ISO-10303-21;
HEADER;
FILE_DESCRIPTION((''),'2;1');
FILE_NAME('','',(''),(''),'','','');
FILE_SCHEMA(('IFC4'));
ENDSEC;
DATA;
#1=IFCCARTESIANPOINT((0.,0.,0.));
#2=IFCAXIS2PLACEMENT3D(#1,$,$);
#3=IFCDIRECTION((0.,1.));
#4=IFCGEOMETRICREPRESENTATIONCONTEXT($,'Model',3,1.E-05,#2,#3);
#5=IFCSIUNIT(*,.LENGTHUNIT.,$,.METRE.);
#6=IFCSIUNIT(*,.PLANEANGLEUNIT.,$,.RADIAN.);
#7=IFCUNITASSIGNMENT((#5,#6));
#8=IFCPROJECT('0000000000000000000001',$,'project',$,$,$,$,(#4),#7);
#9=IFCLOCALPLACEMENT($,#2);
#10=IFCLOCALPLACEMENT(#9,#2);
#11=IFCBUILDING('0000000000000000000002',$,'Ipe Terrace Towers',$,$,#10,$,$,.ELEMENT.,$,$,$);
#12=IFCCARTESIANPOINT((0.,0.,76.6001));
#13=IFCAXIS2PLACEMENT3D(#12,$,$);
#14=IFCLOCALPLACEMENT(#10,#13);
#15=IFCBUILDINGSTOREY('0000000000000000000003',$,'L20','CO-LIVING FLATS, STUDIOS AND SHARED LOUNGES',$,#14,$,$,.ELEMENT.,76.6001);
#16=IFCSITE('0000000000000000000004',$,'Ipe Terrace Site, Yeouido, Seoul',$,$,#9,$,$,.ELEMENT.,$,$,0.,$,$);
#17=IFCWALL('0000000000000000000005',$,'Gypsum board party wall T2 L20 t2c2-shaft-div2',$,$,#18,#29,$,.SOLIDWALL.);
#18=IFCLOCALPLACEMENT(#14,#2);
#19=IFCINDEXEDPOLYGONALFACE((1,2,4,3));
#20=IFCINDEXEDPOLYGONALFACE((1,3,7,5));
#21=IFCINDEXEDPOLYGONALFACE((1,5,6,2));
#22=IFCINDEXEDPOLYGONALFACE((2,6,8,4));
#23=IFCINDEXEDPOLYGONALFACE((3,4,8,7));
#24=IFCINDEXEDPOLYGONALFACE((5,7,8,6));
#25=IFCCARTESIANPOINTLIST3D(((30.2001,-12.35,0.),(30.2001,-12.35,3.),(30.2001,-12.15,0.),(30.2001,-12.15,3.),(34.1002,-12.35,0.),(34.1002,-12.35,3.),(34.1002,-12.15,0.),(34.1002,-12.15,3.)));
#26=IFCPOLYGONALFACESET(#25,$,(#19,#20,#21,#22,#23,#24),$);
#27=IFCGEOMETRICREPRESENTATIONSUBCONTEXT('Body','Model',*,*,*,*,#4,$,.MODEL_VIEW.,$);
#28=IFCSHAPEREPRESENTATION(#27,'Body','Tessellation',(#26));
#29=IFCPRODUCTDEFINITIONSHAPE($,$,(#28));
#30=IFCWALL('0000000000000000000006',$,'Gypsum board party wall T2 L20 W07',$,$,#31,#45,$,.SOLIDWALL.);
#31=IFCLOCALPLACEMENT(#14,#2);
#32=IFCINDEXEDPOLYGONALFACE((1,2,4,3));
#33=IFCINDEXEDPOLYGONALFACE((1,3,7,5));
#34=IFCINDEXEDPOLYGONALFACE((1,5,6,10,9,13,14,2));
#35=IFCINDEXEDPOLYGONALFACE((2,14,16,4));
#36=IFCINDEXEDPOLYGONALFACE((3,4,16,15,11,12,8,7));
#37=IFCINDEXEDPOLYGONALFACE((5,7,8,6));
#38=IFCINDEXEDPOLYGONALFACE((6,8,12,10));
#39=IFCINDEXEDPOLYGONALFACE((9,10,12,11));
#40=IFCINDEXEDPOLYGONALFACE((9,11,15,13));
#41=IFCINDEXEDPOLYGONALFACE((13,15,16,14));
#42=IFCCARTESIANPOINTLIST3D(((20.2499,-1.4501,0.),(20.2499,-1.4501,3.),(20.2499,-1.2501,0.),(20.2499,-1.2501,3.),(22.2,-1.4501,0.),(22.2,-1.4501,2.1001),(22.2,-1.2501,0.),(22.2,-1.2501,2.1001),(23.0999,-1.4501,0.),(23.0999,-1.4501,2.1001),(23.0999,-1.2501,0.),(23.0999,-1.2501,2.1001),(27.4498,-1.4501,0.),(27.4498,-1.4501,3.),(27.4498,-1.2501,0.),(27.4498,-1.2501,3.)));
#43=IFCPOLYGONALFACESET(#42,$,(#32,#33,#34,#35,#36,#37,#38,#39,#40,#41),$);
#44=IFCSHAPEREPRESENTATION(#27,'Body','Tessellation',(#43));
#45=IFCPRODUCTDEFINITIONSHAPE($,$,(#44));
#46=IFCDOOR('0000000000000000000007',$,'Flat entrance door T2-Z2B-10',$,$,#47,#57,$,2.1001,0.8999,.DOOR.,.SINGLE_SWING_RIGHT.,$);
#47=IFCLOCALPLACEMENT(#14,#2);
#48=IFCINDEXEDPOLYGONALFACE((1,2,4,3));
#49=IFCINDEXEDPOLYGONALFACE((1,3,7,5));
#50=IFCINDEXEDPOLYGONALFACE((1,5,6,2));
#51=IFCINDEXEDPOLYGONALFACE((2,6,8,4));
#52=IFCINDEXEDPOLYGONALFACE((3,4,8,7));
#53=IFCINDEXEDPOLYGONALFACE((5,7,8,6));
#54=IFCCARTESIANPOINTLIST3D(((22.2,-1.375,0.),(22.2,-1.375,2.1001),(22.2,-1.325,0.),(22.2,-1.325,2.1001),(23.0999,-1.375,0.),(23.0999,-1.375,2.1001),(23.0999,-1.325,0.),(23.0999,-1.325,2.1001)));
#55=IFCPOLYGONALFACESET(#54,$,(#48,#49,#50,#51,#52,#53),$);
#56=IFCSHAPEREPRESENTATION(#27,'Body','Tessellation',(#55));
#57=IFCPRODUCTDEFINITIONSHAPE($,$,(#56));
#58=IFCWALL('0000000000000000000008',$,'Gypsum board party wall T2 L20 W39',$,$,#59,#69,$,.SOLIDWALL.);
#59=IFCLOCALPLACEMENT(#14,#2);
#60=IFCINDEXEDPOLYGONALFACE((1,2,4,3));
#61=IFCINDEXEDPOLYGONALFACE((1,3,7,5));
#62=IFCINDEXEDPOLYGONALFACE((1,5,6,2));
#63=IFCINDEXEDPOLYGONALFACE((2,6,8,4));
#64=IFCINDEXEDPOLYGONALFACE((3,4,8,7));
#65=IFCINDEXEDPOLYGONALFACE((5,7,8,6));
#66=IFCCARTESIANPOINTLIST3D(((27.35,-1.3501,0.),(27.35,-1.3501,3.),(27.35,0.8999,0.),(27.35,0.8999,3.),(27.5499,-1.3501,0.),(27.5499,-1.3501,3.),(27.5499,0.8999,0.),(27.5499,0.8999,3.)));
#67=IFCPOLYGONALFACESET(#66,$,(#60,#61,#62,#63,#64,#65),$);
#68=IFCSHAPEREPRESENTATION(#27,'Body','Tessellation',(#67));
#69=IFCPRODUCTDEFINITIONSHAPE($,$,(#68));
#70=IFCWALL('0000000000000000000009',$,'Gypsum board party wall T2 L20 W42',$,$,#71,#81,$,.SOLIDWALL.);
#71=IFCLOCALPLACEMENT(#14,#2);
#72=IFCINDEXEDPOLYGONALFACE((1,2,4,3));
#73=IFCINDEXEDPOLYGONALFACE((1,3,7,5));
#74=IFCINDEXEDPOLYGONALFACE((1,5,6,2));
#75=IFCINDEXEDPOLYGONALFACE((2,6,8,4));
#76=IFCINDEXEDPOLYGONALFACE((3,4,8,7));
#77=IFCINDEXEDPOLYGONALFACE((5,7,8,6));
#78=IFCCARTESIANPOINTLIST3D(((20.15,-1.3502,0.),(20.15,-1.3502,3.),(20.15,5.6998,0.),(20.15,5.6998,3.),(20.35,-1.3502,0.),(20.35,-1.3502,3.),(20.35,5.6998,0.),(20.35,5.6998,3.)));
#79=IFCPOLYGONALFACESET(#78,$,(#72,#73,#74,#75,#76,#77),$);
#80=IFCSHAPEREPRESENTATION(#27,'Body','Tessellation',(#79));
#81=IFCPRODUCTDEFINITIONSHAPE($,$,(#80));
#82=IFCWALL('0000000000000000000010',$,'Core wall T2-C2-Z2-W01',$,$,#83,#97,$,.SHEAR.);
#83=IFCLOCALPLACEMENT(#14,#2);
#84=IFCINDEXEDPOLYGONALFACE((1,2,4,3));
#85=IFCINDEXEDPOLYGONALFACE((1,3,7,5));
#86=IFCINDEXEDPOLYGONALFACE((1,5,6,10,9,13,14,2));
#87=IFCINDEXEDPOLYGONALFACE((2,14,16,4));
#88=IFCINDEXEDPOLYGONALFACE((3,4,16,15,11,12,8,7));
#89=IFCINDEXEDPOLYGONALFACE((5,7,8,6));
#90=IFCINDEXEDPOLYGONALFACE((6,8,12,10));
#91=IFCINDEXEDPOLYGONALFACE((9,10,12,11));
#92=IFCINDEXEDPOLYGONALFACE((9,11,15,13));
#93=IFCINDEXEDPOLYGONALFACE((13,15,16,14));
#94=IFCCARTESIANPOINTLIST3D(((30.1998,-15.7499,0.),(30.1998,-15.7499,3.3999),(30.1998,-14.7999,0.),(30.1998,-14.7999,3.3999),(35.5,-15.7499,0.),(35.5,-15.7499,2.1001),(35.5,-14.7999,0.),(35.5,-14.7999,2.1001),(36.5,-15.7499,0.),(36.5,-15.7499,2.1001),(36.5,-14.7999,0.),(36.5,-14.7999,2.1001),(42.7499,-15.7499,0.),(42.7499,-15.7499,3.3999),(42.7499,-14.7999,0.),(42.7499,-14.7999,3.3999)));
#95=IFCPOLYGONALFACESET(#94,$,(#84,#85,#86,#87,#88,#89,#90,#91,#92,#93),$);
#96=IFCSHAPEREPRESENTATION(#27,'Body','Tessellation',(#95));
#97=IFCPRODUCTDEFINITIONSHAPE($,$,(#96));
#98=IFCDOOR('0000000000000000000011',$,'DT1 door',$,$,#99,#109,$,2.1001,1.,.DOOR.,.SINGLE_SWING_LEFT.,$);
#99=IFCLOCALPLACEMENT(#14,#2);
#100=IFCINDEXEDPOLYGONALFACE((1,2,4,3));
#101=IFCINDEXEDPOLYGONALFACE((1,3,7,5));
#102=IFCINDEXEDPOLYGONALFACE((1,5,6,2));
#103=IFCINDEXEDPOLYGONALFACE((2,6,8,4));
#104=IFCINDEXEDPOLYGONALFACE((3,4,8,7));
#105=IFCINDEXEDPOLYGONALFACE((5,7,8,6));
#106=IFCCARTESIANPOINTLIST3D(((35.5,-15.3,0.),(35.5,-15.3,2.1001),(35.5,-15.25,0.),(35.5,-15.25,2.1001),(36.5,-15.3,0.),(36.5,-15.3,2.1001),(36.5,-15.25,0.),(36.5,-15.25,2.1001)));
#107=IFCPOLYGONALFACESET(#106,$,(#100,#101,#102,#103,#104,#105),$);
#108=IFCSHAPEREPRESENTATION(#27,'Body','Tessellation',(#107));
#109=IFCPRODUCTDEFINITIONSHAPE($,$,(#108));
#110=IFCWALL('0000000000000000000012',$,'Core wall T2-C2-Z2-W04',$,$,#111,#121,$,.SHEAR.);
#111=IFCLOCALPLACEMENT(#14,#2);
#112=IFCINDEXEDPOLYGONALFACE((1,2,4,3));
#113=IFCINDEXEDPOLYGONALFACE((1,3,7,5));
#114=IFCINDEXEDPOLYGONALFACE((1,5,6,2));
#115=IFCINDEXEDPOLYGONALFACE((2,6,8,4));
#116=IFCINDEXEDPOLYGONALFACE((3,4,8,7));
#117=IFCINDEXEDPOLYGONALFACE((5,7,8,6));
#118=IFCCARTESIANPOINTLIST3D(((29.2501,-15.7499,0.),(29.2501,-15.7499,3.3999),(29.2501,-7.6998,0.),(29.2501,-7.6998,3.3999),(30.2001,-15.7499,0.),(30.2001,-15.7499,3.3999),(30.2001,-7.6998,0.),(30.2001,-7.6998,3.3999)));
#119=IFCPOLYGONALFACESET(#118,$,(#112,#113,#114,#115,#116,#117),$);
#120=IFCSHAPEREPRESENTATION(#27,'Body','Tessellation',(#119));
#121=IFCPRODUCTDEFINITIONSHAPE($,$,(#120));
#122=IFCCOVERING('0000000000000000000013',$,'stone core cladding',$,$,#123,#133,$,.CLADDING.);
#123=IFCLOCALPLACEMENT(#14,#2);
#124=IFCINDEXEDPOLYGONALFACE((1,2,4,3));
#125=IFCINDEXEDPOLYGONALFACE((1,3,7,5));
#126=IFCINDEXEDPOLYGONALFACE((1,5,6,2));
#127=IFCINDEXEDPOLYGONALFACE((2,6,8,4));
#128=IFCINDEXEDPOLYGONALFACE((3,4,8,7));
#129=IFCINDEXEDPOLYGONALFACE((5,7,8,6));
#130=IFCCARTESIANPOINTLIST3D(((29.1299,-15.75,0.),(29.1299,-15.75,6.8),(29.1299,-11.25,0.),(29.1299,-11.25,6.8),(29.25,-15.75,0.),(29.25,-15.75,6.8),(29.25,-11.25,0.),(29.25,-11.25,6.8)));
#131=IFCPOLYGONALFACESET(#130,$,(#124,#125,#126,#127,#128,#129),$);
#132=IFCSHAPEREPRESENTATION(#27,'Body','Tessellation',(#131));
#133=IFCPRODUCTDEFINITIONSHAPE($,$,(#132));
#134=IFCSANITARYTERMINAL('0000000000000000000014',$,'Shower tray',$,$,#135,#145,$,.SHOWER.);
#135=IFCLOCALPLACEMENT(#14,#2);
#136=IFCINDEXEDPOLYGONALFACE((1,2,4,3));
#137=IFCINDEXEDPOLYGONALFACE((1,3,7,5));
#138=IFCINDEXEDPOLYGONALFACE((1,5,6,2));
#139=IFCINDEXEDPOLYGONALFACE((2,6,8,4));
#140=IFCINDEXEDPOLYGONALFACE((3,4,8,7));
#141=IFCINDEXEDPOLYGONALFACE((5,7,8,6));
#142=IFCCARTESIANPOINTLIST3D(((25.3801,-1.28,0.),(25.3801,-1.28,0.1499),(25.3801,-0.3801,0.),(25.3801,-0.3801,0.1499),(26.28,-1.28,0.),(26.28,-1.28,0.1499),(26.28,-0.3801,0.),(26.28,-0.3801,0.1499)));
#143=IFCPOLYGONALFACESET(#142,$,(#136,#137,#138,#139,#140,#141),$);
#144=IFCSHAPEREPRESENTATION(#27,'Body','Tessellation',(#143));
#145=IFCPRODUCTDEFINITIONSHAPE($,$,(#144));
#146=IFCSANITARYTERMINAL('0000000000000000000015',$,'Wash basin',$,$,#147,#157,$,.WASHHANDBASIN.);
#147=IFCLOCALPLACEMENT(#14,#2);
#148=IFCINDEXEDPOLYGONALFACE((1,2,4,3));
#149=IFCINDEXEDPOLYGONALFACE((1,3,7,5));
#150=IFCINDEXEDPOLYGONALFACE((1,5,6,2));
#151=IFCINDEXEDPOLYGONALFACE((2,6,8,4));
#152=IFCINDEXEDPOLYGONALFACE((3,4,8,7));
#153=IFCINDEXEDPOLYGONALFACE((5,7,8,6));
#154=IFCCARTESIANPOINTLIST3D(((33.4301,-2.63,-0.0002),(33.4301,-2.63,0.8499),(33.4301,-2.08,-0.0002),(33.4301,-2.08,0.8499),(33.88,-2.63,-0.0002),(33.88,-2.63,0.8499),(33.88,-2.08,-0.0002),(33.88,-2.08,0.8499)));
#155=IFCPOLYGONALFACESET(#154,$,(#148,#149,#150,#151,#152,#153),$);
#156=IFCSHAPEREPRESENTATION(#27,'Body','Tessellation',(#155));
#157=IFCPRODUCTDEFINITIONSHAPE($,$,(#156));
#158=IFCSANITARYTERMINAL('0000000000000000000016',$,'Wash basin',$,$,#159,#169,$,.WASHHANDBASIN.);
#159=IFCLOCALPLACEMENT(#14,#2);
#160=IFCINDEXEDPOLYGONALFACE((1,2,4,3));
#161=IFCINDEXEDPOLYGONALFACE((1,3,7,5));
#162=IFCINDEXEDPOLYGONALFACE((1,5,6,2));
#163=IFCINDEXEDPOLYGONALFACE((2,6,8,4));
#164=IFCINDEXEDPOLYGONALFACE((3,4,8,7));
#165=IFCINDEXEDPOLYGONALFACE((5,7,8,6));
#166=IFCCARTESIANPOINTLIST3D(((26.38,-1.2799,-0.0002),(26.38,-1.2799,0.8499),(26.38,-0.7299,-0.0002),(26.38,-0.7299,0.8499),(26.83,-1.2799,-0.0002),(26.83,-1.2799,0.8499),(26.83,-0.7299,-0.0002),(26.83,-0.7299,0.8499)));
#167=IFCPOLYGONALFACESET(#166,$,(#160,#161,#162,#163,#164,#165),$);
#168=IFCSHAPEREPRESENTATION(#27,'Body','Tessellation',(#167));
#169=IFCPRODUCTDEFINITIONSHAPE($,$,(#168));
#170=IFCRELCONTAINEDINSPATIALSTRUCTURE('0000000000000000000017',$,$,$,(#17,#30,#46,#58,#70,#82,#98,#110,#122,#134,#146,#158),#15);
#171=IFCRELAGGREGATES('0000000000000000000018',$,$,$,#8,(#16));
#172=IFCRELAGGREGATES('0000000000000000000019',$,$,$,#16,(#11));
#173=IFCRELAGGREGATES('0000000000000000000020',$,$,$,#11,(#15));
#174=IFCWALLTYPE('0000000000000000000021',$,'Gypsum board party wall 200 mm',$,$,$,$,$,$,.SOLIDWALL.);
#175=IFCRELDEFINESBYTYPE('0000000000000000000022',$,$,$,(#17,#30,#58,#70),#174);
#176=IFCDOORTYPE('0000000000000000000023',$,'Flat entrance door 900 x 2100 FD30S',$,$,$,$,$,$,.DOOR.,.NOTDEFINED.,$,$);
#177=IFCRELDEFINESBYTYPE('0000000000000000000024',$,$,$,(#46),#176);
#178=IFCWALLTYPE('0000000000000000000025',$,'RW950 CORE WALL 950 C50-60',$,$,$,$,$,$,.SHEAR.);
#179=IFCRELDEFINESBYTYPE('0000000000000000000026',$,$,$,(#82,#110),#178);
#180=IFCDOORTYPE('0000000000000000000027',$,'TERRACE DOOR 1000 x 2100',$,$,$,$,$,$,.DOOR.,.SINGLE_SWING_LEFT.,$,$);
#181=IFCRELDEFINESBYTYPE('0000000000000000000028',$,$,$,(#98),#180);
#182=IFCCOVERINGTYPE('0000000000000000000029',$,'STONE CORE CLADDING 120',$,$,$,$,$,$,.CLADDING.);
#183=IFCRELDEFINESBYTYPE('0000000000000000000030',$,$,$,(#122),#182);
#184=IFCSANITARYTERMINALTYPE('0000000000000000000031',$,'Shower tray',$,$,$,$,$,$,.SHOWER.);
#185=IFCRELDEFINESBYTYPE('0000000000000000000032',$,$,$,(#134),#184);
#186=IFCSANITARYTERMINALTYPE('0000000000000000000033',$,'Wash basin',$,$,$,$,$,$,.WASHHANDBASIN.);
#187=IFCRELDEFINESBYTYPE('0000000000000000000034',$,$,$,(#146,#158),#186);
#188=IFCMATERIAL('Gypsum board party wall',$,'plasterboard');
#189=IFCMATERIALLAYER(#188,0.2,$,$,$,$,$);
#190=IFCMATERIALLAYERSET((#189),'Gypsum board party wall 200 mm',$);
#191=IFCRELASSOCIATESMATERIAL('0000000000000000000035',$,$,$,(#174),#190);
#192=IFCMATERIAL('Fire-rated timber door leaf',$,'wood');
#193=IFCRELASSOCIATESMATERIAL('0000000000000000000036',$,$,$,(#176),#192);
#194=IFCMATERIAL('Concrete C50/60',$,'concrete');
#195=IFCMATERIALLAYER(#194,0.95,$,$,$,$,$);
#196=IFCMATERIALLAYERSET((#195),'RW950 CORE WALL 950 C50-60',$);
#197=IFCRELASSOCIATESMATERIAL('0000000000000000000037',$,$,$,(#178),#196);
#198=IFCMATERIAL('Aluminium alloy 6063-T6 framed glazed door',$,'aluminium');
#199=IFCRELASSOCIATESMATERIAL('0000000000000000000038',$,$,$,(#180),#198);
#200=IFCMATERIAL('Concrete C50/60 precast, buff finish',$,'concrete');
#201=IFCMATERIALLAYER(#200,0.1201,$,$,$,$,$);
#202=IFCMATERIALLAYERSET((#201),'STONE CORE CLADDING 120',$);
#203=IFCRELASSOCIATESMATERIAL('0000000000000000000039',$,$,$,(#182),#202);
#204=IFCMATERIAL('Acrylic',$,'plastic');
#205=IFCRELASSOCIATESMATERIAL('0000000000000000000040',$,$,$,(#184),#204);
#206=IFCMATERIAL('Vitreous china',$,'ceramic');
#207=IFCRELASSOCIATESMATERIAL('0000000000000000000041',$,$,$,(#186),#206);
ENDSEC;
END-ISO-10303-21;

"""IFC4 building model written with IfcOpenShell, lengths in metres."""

from ifc_helpers import new_model, si_unit, direction, frame, frame_2d, origin, origin_2d, place, context, subcontext, project, spatial, rectangle, extrude, material, layer, layer_set, type_object, element, fill, save


model = new_model("IFC4")

# Units and contexts
model_context = context("Model", 3, precision=1e-05, world=origin(), true_north=direction((0.0, 1.0)))
body_context = subcontext(model_context, "Body", "Model", "MODEL_VIEW")
ifc_project = project(units=[si_unit("LENGTHUNIT", "METRE"), si_unit("PLANEANGLEUNIT", "RADIAN")], contexts=[model_context])

# Site, building, storey
site_placement = place(None, origin())
site = spatial("IfcSite", under=ifc_project, at=site_placement, Name="Ipe Terrace Site, Yeouido, Seoul", CompositionType="ELEMENT", RefElevation=0.0)
building_placement = place(site_placement, origin())
building = spatial("IfcBuilding", under=site, at=building_placement, Name="Ipe Terrace Towers", CompositionType="ELEMENT")
storey_placement = place(building_placement, frame((0.0, 0.0, 76.6001)))
storey = spatial("IfcBuildingStorey", under=building, at=storey_placement, Name="L20", Description="CO-LIVING FLATS, STUDIOS AND SHARED LOUNGES", CompositionType="ELEMENT", Elevation=76.6001)

# Wall
ifc_material_1 = material(Name="Gypsum board party wall", Category="plasterboard")
ifc_layer_1 = layer(ifc_material_1, 0.2)
ifc_layer_set_1 = layer_set([ifc_layer_1], Name="Gypsum board party wall 200 mm")
wall_type_1 = type_object("IfcWallType", Name="Gypsum board party wall 200 mm", PredefinedType="SOLIDWALL", material=ifc_layer_set_1)
for number, where, z_axis, x_axis, name in (
    (1, (30.2, -12.25, 0.0), (0.0, 0.0, 1.0), (1.0, 0.0, 0.0), "Gypsum board party wall T2 L20 t2c2-shaft-div2"),
):
    element("IfcWall", number, at=place(storey_placement, frame(where, z_axis=z_axis, x_axis=x_axis)), inside=storey, type_object=wall_type_1, Name=name, PredefinedType="SOLIDWALL", context=body_context, shape_type="SweptSolid", body=[
        extrude(rectangle(XDim=3.9001, YDim=0.2, at=frame_2d((1.9502, 0.0))), origin(), (0.0, 0.0, 1.0), 3.0),
    ])

# Wall, opening, door
wall_1_placement = place(storey_placement, frame((27.45, -1.3501, 0.0), z_axis=(0.0, 0.0, 1.0), x_axis=(-1.0, 0.0, 0.0)))
wall_1 = element("IfcWall", 2, at=wall_1_placement, inside=storey, type_object=wall_type_1, Name="Gypsum board party wall T2 L20 W07", PredefinedType="SOLIDWALL", context=body_context, shape_type="SweptSolid", body=[
    extrude(rectangle(XDim=7.2, YDim=0.2, at=frame_2d((3.6001, 0.0))), origin(), (0.0, 0.0, 1.0), 3.0),
])
opening_1_placement = place(wall_1_placement, frame((4.3501, 0.0, 0.0)))
opening_1 = element("IfcOpeningElement", 3, at=opening_1_placement, cuts=wall_1, PredefinedType="OPENING", context=body_context, shape_type="SweptSolid", body=[
    extrude(rectangle(XDim=0.8999, YDim=2.1001, at=frame_2d((0.45, 1.05))), frame((0.0, 0.1099, 0.0), z_axis=(0.0, -1.0, 0.0), x_axis=(1.0, 0.0, 0.0)), (0.0, 0.0, 1.0), 0.22),
])
ifc_material_2 = material(Name="Fire-rated timber door leaf", Category="wood")
door_type_1 = type_object("IfcDoorType", Name="Flat entrance door 900 x 2100 FD30S", OperationType="NOTDEFINED", PredefinedType="DOOR", material=ifc_material_2)
door_1_placement = place(opening_1_placement, origin())
door_1 = element("IfcDoor", 4, at=door_1_placement, inside=storey, type_object=door_type_1, Name="Flat entrance door T2-Z2B-10", OperationType="SINGLE_SWING_RIGHT", OverallHeight=2.1001, OverallWidth=0.8999, PredefinedType="DOOR", context=body_context, shape_type="SweptSolid", body=[
    extrude(rectangle(XDim=0.8999, YDim=2.1001, at=frame_2d((0.45, 1.05))), frame((0.0, 0.0249, 0.0), z_axis=(0.0, -1.0, 0.0), x_axis=(1.0, 0.0, 0.0)), (0.0, 0.0, 1.0), 0.05),
])
fill(opening_1, door_1)

# Walls
wall_2_placement = place(storey_placement, frame((27.45, -1.3501, 0.0), z_axis=(0.0, 0.0, 1.0), x_axis=(0.0, 1.0, 0.0)))
element("IfcWall", 5, at=wall_2_placement, inside=storey, type_object=wall_type_1, Name="Gypsum board party wall T2 L20 W39", PredefinedType="SOLIDWALL", context=body_context, shape_type="SweptSolid", body=[
    extrude(rectangle(XDim=2.25, YDim=0.2, at=frame_2d((1.125, 0.0))), origin(), (0.0, 0.0, 1.0), 3.0),
])
wall_3_placement = place(storey_placement, frame((20.25, -1.3501, 0.0), z_axis=(0.0, 0.0, 1.0), x_axis=(0.0, 1.0, 0.0)))
element("IfcWall", 6, at=wall_3_placement, inside=storey, type_object=wall_type_1, Name="Gypsum board party wall T2 L20 W42", PredefinedType="SOLIDWALL", context=body_context, shape_type="SweptSolid", body=[
    extrude(rectangle(XDim=7.05, YDim=0.2, at=frame_2d((3.5249, 0.0))), origin(), (0.0, 0.0, 1.0), 3.0),
])

# Wall, opening, door
ifc_material_3 = material(Name="Concrete C50/60", Category="concrete")
ifc_layer_2 = layer(ifc_material_3, 0.95)
ifc_layer_set_2 = layer_set([ifc_layer_2], Name="RW950 CORE WALL 950 C50-60")
wall_type_2 = type_object("IfcWallType", Name="RW950 CORE WALL 950 C50-60", PredefinedType="SHEAR", material=ifc_layer_set_2)
wall_4_placement = place(storey_placement, frame((30.2, -15.2749, 0.0), z_axis=(0.0, 0.0, 1.0), x_axis=(1.0, 0.0, 0.0)))
wall_4 = element("IfcWall", 7, at=wall_4_placement, inside=storey, type_object=wall_type_2, Name="Core wall T2-C2-Z2-W01", PredefinedType="SHEAR", context=body_context, shape_type="SweptSolid", body=[
    extrude(rectangle(XDim=12.55, YDim=0.95, at=frame_2d((6.2749, 0.0))), origin(), (0.0, 0.0, 1.0), 3.3999),
])
opening_2_placement = place(wall_4_placement, frame((5.3, 0.0, 0.0)))
opening_2 = element("IfcOpeningElement", 8, at=opening_2_placement, cuts=wall_4, PredefinedType="OPENING", context=body_context, shape_type="SweptSolid", body=[
    extrude(rectangle(XDim=1.0, YDim=2.1001, at=frame_2d((0.5, 1.05))), frame((0.0, 0.4849, 0.0), z_axis=(0.0, -1.0, 0.0), x_axis=(1.0, 0.0, 0.0)), (0.0, 0.0, 1.0), 0.97),
])
ifc_material_4 = material(Name="Aluminium alloy 6063-T6 framed glazed door", Category="aluminium")
door_type_2 = type_object("IfcDoorType", Name="TERRACE DOOR 1000 x 2100", OperationType="SINGLE_SWING_LEFT", PredefinedType="DOOR", material=ifc_material_4)
door_2_placement = place(opening_2_placement, origin())
door_2 = element("IfcDoor", 9, at=door_2_placement, inside=storey, type_object=door_type_2, Name="DT1 door", OperationType="SINGLE_SWING_LEFT", OverallHeight=2.1001, OverallWidth=1.0, PredefinedType="DOOR", context=body_context, shape_type="SweptSolid", body=[
    extrude(rectangle(XDim=1.0, YDim=2.1001, at=frame_2d((0.5, 1.05))), frame((0.0, 0.0249, 0.0), z_axis=(0.0, -1.0, 0.0), x_axis=(1.0, 0.0, 0.0)), (0.0, 0.0, 1.0), 0.05),
])
fill(opening_2, door_2)

# Wall
wall_5_placement = place(storey_placement, frame((29.7251, -7.7, 0.0), z_axis=(0.0, 0.0, 1.0), x_axis=(0.0, -1.0, 0.0)))
element("IfcWall", 10, at=wall_5_placement, inside=storey, type_object=wall_type_2, Name="Core wall T2-C2-Z2-W04", PredefinedType="SHEAR", context=body_context, shape_type="SweptSolid", body=[
    extrude(rectangle(XDim=8.05, YDim=0.95, at=frame_2d((4.0249, 0.0))), origin(), (0.0, 0.0, 1.0), 3.3999),
])

# Covering
ifc_material_5 = material(Name="Concrete C50/60 precast, buff finish", Category="concrete")
ifc_layer_3 = layer(ifc_material_5, 0.1201)
ifc_layer_set_3 = layer_set([ifc_layer_3], Name="STONE CORE CLADDING 120")
covering_type = type_object("IfcCoveringType", Name="STONE CORE CLADDING 120", PredefinedType="CLADDING", material=ifc_layer_set_3)
covering_placement = place(storey_placement, frame((29.1899, -13.5, 0.0), z_axis=(0.0, 0.0, 1.0), x_axis=(0.0, -1.0, 0.0)))
element("IfcCovering", 11, at=covering_placement, inside=storey, type_object=covering_type, Name="stone core cladding", PredefinedType="CLADDING", context=body_context, shape_type="SweptSolid", body=[
    extrude(rectangle(XDim=4.5, YDim=0.1201, at=origin_2d()), origin(), (0.0, 0.0, 1.0), 6.8),
])

# Sanitary terminals
ifc_material_6 = material(Name="Acrylic", Category="plastic")
sanitary_terminal_type_1 = type_object("IfcSanitaryTerminalType", Name="Shower tray", PredefinedType="SHOWER", material=ifc_material_6)
sanitary_terminal_placement = place(storey_placement, frame((25.8301, -0.8301, 0.0), z_axis=(0.0, 0.0, 1.0), x_axis=(0.0, 1.0, 0.0)))
element("IfcSanitaryTerminal", 12, at=sanitary_terminal_placement, inside=storey, type_object=sanitary_terminal_type_1, Name="Shower tray", PredefinedType="SHOWER", context=body_context, shape_type="SweptSolid", body=[
    extrude(rectangle(XDim=0.8999, YDim=0.8999, at=origin_2d()), origin(), (0.0, 0.0, 1.0), 0.1499),
])
ifc_material_7 = material(Name="Vitreous china", Category="ceramic")
sanitary_terminal_type_2 = type_object("IfcSanitaryTerminalType", Name="Wash basin", PredefinedType="WASHHANDBASIN", material=ifc_material_7)
for number, where, z_axis, x_axis, name in (
    (13, (33.655, -2.355, -0.0002), (0.0, 0.0, 1.0), (0.0, 1.0, 0.0), "Wash basin"),
    (14, (26.605, -1.0049, -0.0002), (0.0, 0.0, 1.0), (0.0, 1.0, 0.0), "Wash basin"),
):
    element("IfcSanitaryTerminal", number, at=place(storey_placement, frame(where, z_axis=z_axis, x_axis=x_axis)), inside=storey, type_object=sanitary_terminal_type_2, Name=name, PredefinedType="WASHHANDBASIN", context=body_context, shape_type="SweptSolid", body=[
        extrude(rectangle(XDim=0.55, YDim=0.45, at=origin_2d()), origin(), (0.0, 0.0, 1.0), 0.8501),
    ])

save(model, "model.ifc")
